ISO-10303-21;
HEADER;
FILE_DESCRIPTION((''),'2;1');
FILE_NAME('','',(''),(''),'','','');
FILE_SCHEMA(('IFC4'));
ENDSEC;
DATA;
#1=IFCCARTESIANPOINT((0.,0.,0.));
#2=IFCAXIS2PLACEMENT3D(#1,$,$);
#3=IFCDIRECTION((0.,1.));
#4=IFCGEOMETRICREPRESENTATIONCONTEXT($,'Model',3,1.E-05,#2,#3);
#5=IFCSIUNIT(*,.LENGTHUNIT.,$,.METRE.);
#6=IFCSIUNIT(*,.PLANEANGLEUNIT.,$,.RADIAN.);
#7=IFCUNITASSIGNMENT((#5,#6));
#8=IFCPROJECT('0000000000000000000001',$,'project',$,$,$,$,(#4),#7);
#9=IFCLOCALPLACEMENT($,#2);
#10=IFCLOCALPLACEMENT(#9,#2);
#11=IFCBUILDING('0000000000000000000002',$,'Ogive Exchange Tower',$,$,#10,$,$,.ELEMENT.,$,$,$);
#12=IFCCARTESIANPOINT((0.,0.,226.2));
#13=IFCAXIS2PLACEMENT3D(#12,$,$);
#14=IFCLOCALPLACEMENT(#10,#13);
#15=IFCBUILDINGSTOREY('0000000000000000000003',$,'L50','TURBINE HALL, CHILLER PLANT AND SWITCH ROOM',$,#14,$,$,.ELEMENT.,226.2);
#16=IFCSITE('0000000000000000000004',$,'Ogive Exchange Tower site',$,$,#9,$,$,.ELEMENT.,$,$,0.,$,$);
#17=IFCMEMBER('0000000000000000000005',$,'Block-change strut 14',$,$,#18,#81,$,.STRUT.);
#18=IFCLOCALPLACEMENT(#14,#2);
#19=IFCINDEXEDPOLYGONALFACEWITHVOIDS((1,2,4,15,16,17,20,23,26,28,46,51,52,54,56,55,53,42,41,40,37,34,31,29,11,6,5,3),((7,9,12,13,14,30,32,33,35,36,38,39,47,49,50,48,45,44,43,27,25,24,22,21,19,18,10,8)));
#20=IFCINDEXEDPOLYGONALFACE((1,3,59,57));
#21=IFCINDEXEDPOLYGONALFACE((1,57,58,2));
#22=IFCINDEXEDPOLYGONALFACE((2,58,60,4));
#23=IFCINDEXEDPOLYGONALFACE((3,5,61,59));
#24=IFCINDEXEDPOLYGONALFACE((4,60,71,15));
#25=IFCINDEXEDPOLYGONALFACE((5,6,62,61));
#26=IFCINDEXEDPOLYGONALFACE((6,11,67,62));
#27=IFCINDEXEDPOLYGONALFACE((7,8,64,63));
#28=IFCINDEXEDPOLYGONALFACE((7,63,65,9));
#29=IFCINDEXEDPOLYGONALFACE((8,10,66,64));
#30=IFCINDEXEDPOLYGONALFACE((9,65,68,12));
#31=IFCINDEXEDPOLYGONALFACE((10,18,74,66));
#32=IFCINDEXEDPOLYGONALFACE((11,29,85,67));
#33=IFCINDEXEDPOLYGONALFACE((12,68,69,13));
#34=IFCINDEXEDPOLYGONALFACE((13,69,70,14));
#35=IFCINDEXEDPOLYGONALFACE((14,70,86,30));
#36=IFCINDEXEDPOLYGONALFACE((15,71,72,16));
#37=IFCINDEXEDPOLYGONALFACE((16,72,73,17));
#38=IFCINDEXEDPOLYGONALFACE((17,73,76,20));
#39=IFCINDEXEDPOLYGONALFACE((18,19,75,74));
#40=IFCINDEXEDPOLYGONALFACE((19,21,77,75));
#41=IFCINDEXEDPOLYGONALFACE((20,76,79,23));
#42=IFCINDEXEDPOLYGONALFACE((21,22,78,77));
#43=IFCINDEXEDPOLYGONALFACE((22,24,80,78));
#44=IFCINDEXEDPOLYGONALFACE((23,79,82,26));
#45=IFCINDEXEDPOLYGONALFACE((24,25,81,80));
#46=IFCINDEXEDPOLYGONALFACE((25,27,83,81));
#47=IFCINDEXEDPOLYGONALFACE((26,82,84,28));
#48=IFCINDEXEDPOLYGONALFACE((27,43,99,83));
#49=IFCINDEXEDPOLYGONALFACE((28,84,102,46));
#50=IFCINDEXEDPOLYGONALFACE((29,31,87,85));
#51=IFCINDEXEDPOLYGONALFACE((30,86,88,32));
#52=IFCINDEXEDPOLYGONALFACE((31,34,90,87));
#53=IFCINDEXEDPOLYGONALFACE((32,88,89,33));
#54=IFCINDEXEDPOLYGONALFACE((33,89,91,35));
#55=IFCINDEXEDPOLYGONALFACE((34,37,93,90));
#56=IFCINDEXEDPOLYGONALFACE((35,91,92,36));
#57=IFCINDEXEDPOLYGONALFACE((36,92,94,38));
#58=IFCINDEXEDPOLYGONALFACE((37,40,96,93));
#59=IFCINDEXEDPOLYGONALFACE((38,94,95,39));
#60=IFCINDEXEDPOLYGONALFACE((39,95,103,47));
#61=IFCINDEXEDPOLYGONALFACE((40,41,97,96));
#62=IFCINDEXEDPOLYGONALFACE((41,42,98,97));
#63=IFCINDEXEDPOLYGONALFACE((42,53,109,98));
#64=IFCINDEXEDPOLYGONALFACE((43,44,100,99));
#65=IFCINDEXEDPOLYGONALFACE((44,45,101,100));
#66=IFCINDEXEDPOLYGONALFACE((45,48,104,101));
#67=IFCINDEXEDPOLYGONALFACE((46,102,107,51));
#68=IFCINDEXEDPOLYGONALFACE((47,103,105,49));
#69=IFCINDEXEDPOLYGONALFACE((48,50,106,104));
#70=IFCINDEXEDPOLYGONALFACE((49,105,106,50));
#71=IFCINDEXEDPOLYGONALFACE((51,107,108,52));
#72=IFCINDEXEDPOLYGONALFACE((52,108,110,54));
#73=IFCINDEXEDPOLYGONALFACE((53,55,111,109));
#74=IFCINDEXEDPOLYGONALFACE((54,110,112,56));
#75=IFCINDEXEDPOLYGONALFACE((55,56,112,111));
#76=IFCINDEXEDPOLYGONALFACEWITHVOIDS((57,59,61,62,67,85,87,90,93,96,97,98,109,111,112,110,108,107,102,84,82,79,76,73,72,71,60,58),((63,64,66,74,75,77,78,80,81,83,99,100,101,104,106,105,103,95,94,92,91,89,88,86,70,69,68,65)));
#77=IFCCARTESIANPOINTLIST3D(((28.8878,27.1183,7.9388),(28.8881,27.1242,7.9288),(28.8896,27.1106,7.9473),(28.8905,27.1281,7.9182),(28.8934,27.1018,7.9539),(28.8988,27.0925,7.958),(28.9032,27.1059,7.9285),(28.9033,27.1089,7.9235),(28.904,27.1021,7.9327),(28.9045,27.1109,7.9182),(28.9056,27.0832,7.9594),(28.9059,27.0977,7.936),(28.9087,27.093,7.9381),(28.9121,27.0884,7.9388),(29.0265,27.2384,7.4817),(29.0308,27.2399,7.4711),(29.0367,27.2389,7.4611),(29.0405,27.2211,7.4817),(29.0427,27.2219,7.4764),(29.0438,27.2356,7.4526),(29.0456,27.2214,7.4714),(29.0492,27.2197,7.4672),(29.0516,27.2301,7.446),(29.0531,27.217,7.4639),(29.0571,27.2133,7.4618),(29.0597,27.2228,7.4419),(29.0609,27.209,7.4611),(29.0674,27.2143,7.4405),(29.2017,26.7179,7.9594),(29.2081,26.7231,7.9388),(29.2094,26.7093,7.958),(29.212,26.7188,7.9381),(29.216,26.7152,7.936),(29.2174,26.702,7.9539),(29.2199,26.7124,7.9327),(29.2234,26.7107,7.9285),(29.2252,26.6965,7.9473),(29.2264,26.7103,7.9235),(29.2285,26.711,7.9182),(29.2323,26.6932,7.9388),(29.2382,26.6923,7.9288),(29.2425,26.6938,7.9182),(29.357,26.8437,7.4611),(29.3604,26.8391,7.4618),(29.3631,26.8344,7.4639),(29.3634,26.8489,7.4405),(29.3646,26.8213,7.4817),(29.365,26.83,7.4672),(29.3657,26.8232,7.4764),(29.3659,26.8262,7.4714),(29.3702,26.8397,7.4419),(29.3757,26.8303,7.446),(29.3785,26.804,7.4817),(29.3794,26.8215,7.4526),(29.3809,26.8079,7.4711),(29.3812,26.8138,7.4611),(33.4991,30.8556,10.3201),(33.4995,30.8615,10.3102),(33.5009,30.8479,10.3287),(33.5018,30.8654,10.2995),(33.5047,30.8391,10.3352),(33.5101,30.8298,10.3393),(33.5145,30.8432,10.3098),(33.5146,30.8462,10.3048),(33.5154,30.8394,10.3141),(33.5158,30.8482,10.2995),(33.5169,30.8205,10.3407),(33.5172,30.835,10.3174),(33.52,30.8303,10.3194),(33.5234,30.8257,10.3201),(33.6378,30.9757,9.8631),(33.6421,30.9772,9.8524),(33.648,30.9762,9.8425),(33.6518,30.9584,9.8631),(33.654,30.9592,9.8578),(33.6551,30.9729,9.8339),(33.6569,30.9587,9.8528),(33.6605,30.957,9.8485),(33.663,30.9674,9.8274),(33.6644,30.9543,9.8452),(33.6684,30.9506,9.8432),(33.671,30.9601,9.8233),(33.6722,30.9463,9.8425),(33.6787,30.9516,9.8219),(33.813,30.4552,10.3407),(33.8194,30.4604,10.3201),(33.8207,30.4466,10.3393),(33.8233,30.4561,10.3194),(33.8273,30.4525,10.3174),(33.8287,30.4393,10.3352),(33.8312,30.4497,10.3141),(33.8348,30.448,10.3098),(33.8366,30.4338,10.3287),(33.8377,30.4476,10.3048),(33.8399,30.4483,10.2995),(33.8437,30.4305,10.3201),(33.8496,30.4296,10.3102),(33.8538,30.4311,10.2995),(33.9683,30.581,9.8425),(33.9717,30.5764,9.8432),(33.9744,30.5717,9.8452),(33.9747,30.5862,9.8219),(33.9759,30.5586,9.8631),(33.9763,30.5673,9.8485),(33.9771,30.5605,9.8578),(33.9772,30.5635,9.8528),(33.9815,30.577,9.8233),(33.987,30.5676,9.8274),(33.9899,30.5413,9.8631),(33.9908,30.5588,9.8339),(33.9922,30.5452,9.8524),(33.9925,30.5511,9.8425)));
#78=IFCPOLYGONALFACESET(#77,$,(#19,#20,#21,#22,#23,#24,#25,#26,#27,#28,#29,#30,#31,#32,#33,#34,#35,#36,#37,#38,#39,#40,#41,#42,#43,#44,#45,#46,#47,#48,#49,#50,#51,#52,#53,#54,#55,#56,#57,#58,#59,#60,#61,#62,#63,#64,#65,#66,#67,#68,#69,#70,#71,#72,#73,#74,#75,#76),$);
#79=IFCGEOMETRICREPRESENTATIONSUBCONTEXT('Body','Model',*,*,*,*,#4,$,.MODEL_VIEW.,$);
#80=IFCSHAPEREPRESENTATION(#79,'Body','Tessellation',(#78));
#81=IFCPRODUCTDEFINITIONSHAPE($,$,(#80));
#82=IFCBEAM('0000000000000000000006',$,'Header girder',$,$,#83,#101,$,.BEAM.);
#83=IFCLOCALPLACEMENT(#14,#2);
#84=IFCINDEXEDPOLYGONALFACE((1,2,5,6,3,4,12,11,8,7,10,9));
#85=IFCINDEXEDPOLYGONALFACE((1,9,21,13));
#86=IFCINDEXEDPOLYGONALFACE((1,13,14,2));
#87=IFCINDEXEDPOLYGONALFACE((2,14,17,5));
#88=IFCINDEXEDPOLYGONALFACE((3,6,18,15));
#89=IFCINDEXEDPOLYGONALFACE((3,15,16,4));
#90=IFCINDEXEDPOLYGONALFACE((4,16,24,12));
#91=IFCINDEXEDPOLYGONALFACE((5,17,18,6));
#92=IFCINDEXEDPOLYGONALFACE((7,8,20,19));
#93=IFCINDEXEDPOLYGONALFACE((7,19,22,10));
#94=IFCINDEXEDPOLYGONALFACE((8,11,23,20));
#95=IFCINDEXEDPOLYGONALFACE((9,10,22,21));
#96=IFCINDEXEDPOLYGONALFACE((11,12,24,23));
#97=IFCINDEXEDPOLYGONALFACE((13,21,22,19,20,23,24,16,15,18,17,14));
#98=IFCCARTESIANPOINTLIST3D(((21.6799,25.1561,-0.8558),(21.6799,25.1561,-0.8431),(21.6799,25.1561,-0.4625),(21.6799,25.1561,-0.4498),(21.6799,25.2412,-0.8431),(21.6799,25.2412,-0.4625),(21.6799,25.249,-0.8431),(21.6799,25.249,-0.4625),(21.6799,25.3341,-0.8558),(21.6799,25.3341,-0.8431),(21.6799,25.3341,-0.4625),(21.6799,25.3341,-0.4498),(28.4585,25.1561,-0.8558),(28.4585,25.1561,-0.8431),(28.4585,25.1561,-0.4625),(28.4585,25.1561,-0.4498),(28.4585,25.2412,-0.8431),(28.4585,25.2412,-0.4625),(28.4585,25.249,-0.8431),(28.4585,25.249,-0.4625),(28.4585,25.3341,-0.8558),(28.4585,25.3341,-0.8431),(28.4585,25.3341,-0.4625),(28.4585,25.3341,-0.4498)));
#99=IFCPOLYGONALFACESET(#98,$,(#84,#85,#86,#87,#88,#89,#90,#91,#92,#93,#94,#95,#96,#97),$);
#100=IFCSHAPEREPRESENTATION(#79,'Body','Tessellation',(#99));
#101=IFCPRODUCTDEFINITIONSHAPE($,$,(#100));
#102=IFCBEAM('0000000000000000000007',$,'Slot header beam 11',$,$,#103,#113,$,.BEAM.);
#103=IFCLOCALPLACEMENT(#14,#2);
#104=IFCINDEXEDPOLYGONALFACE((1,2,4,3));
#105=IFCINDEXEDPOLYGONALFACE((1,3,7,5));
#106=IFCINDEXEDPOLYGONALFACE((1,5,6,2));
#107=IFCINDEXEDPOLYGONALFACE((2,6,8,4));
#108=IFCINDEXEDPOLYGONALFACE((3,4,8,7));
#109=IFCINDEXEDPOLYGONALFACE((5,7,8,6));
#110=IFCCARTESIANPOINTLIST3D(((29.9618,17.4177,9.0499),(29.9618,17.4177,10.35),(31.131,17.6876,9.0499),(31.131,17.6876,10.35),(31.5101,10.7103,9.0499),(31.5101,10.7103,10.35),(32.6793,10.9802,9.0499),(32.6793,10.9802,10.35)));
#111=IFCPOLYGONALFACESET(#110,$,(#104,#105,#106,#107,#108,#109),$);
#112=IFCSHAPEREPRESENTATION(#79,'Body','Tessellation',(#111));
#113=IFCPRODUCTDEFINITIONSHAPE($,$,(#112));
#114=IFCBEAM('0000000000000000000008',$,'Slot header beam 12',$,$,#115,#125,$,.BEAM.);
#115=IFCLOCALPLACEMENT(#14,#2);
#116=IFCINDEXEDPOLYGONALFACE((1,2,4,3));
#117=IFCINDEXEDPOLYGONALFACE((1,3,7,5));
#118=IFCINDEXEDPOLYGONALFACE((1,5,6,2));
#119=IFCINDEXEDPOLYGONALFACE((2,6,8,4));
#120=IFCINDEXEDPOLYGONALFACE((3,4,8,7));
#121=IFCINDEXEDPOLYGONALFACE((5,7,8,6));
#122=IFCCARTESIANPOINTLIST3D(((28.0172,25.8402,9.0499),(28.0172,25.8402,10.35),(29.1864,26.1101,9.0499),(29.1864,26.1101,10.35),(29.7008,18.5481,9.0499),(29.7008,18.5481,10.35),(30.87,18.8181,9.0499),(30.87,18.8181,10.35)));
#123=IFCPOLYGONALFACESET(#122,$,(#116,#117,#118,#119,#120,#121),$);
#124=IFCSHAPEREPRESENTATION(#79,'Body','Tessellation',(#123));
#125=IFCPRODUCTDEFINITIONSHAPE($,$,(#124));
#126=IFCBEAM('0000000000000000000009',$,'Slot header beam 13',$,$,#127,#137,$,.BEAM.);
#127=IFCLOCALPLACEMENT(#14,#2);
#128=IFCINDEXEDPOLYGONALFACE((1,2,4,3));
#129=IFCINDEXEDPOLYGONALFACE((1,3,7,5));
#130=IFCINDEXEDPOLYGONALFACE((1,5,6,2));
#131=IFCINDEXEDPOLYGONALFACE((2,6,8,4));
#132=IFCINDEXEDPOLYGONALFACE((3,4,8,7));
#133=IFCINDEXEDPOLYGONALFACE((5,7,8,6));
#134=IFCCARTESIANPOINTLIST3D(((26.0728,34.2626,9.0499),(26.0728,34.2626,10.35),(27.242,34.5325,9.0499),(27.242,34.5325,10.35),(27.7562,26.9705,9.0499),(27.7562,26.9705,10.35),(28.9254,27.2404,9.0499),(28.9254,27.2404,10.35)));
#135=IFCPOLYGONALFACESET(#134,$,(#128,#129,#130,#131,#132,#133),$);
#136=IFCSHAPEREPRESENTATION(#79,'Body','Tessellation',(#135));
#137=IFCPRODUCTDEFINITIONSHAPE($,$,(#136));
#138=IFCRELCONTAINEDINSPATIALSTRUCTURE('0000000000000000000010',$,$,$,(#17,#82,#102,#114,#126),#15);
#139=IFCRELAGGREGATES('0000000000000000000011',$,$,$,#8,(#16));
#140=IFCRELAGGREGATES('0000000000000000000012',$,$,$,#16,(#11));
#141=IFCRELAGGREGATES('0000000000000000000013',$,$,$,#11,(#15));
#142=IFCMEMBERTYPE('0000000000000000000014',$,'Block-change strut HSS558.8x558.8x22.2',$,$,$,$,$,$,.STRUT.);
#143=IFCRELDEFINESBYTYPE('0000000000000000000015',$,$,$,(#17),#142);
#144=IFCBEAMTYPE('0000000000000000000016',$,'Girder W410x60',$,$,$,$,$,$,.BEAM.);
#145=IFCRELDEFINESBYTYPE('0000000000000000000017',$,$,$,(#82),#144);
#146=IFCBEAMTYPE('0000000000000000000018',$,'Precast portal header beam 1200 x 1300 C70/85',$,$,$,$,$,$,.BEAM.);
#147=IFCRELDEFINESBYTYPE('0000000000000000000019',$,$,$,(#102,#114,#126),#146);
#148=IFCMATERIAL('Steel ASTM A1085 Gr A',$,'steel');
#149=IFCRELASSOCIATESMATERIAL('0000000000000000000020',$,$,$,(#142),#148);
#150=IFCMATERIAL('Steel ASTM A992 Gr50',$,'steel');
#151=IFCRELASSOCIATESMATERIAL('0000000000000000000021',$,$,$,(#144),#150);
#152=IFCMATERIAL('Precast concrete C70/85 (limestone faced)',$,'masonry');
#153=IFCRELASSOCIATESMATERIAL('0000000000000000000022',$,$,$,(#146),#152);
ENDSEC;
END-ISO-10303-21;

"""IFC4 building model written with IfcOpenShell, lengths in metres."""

from ifc_helpers import new_model, si_unit, direction, frame, origin, origin_2d, place, context, subcontext, project, spatial, rectangle, hollow_rectangle, i_section, extrude, material, material_profile, profile_set, type_object, element, save


model = new_model("IFC4")

# Units and contexts
model_context = context("Model", 3, precision=1e-05, world=origin(), true_north=direction((0.0, 1.0)))
body_context = subcontext(model_context, "Body", "Model", "MODEL_VIEW")
ifc_project = project(units=[si_unit("LENGTHUNIT", "METRE"), si_unit("PLANEANGLEUNIT", "RADIAN")], contexts=[model_context])

# Site, building, storey
site_placement = place(None, origin())
site = spatial("IfcSite", under=ifc_project, at=site_placement, Name="Ogive Exchange Tower site", CompositionType="ELEMENT", RefElevation=0.0)
building_placement = place(site_placement, origin())
building = spatial("IfcBuilding", under=site, at=building_placement, Name="Ogive Exchange Tower", CompositionType="ELEMENT")
storey_placement = place(building_placement, frame((0.0, 0.0, 226.2)))
storey = spatial("IfcBuildingStorey", under=building, at=storey_placement, Name="L50", Description="TURBINE HALL, CHILLER PLANT AND SWITCH ROOM", CompositionType="ELEMENT", Elevation=226.2)

# Shared definitions
ifc_material_1 = material(Name="Precast concrete C70/85 (limestone faced)", Category="masonry")

# Member
ifc_material_2 = material(Name="Steel ASTM A1085 Gr A", Category="steel")
ifc_material_profile_1 = material_profile(ifc_material_2, hollow_rectangle(XDim=0.5591, YDim=0.5591, WallThickness=0.0222, InnerFilletRadius=0.0222, OuterFilletRadius=0.0444, at=origin_2d()), Name="HSS558.8x558.8x22.2")
ifc_profile_set_1 = profile_set([ifc_material_profile_1], Name="Steel ASTM A1085 Gr A")
member_type_1 = type_object("IfcMemberType", Name="Block-change strut HSS558.8x558.8x22.2", PredefinedType="STRUT", material=ifc_profile_set_1)
member_1_placement = place(storey_placement, frame((29.1345, 26.9661, 7.7), z_axis=(0.721025, 0.584363, 0.372347), x_axis=(-0.629638, 0.776888, 0.0)))
element("IfcMember", 1, at=member_1_placement, inside=storey, type_object=member_type_1, Name="Block-change strut 14", PredefinedType="STRUT", context=body_context, shape_type="SweptSolid", body=[
    extrude(hollow_rectangle(XDim=0.5591, YDim=0.5591, WallThickness=0.0222, InnerFilletRadius=0.0222, OuterFilletRadius=0.0444, at=origin_2d()), origin(), (0.0, 0.0, 1.0), 6.3955),
])

# Beams
ifc_material_3 = material(Name="Steel ASTM A992 Gr50", Category="steel")
ifc_material_profile_2 = material_profile(ifc_material_3, i_section(OverallWidth=0.178, OverallDepth=0.406, WebThickness=0.0078, FlangeThickness=0.0127, at=origin_2d()), Name="W410x60")
ifc_profile_set_2 = profile_set([ifc_material_profile_2], Name="Steel ASTM A992 Gr50")
beam_type_1 = type_object("IfcBeamType", Name="Girder W410x60", PredefinedType="BEAM", material=ifc_profile_set_2)
beam_1_placement = place(storey_placement, frame((21.6799, 25.2451, -0.6528), z_axis=(1.0, 0.0, 0.0), x_axis=(0.0, 1.0, 0.0)))
element("IfcBeam", 2, at=beam_1_placement, inside=storey, type_object=beam_type_1, Name="Header girder", PredefinedType="BEAM", context=body_context, shape_type="SweptSolid", body=[
    extrude(i_section(OverallWidth=0.178, OverallDepth=0.406, WebThickness=0.0078, FlangeThickness=0.0127, at=origin_2d()), origin(), (0.0, 0.0, 1.0), 6.7786),
])
ifc_material_profile_3 = material_profile(ifc_material_1, rectangle(XDim=1.2, YDim=1.3, at=origin_2d()), Name="1200 x 1300")
ifc_profile_set_3 = profile_set([ifc_material_profile_3], Name="Precast concrete C70/85 (limestone faced)")
beam_type_2 = type_object("IfcBeamType", Name="Precast portal header beam 1200 x 1300 C70/85", PredefinedType="BEAM", material=ifc_profile_set_3)
beam_2_placement = place(storey_placement, frame((32.0947, 10.8452, 9.7), z_axis=(-0.224922, 0.974377, 0.0), x_axis=(-0.974377, -0.224922, 0.0)))
element("IfcBeam", 3, at=beam_2_placement, inside=storey, type_object=beam_type_2, Name="Slot header beam 11", PredefinedType="BEAM", context=body_context, shape_type="SweptSolid", body=[
    extrude(rectangle(XDim=1.2, YDim=1.3, at=origin_2d()), origin(), (0.0, 0.0, 1.0), 6.8838),
])
for number, where, z_axis, x_axis, name in (
    (4, (30.2854, 18.6831, 9.7), (-0.224964, 0.974367, 0.0), (-0.974367, -0.224964, 0.0), "Slot header beam 12"),
    (5, (28.3408, 27.1055, 9.7), (-0.224933, 0.974374, 0.0), (-0.974374, -0.224933, 0.0), "Slot header beam 13"),
):
    element("IfcBeam", number, at=place(storey_placement, frame(where, z_axis=z_axis, x_axis=x_axis)), inside=storey, type_object=beam_type_2, Name=name, PredefinedType="BEAM", context=body_context, shape_type="SweptSolid", body=[
        extrude(rectangle(XDim=1.2, YDim=1.3, at=origin_2d()), origin(), (0.0, 0.0, 1.0), 7.4839),
    ])

save(model, "model.ifc")
